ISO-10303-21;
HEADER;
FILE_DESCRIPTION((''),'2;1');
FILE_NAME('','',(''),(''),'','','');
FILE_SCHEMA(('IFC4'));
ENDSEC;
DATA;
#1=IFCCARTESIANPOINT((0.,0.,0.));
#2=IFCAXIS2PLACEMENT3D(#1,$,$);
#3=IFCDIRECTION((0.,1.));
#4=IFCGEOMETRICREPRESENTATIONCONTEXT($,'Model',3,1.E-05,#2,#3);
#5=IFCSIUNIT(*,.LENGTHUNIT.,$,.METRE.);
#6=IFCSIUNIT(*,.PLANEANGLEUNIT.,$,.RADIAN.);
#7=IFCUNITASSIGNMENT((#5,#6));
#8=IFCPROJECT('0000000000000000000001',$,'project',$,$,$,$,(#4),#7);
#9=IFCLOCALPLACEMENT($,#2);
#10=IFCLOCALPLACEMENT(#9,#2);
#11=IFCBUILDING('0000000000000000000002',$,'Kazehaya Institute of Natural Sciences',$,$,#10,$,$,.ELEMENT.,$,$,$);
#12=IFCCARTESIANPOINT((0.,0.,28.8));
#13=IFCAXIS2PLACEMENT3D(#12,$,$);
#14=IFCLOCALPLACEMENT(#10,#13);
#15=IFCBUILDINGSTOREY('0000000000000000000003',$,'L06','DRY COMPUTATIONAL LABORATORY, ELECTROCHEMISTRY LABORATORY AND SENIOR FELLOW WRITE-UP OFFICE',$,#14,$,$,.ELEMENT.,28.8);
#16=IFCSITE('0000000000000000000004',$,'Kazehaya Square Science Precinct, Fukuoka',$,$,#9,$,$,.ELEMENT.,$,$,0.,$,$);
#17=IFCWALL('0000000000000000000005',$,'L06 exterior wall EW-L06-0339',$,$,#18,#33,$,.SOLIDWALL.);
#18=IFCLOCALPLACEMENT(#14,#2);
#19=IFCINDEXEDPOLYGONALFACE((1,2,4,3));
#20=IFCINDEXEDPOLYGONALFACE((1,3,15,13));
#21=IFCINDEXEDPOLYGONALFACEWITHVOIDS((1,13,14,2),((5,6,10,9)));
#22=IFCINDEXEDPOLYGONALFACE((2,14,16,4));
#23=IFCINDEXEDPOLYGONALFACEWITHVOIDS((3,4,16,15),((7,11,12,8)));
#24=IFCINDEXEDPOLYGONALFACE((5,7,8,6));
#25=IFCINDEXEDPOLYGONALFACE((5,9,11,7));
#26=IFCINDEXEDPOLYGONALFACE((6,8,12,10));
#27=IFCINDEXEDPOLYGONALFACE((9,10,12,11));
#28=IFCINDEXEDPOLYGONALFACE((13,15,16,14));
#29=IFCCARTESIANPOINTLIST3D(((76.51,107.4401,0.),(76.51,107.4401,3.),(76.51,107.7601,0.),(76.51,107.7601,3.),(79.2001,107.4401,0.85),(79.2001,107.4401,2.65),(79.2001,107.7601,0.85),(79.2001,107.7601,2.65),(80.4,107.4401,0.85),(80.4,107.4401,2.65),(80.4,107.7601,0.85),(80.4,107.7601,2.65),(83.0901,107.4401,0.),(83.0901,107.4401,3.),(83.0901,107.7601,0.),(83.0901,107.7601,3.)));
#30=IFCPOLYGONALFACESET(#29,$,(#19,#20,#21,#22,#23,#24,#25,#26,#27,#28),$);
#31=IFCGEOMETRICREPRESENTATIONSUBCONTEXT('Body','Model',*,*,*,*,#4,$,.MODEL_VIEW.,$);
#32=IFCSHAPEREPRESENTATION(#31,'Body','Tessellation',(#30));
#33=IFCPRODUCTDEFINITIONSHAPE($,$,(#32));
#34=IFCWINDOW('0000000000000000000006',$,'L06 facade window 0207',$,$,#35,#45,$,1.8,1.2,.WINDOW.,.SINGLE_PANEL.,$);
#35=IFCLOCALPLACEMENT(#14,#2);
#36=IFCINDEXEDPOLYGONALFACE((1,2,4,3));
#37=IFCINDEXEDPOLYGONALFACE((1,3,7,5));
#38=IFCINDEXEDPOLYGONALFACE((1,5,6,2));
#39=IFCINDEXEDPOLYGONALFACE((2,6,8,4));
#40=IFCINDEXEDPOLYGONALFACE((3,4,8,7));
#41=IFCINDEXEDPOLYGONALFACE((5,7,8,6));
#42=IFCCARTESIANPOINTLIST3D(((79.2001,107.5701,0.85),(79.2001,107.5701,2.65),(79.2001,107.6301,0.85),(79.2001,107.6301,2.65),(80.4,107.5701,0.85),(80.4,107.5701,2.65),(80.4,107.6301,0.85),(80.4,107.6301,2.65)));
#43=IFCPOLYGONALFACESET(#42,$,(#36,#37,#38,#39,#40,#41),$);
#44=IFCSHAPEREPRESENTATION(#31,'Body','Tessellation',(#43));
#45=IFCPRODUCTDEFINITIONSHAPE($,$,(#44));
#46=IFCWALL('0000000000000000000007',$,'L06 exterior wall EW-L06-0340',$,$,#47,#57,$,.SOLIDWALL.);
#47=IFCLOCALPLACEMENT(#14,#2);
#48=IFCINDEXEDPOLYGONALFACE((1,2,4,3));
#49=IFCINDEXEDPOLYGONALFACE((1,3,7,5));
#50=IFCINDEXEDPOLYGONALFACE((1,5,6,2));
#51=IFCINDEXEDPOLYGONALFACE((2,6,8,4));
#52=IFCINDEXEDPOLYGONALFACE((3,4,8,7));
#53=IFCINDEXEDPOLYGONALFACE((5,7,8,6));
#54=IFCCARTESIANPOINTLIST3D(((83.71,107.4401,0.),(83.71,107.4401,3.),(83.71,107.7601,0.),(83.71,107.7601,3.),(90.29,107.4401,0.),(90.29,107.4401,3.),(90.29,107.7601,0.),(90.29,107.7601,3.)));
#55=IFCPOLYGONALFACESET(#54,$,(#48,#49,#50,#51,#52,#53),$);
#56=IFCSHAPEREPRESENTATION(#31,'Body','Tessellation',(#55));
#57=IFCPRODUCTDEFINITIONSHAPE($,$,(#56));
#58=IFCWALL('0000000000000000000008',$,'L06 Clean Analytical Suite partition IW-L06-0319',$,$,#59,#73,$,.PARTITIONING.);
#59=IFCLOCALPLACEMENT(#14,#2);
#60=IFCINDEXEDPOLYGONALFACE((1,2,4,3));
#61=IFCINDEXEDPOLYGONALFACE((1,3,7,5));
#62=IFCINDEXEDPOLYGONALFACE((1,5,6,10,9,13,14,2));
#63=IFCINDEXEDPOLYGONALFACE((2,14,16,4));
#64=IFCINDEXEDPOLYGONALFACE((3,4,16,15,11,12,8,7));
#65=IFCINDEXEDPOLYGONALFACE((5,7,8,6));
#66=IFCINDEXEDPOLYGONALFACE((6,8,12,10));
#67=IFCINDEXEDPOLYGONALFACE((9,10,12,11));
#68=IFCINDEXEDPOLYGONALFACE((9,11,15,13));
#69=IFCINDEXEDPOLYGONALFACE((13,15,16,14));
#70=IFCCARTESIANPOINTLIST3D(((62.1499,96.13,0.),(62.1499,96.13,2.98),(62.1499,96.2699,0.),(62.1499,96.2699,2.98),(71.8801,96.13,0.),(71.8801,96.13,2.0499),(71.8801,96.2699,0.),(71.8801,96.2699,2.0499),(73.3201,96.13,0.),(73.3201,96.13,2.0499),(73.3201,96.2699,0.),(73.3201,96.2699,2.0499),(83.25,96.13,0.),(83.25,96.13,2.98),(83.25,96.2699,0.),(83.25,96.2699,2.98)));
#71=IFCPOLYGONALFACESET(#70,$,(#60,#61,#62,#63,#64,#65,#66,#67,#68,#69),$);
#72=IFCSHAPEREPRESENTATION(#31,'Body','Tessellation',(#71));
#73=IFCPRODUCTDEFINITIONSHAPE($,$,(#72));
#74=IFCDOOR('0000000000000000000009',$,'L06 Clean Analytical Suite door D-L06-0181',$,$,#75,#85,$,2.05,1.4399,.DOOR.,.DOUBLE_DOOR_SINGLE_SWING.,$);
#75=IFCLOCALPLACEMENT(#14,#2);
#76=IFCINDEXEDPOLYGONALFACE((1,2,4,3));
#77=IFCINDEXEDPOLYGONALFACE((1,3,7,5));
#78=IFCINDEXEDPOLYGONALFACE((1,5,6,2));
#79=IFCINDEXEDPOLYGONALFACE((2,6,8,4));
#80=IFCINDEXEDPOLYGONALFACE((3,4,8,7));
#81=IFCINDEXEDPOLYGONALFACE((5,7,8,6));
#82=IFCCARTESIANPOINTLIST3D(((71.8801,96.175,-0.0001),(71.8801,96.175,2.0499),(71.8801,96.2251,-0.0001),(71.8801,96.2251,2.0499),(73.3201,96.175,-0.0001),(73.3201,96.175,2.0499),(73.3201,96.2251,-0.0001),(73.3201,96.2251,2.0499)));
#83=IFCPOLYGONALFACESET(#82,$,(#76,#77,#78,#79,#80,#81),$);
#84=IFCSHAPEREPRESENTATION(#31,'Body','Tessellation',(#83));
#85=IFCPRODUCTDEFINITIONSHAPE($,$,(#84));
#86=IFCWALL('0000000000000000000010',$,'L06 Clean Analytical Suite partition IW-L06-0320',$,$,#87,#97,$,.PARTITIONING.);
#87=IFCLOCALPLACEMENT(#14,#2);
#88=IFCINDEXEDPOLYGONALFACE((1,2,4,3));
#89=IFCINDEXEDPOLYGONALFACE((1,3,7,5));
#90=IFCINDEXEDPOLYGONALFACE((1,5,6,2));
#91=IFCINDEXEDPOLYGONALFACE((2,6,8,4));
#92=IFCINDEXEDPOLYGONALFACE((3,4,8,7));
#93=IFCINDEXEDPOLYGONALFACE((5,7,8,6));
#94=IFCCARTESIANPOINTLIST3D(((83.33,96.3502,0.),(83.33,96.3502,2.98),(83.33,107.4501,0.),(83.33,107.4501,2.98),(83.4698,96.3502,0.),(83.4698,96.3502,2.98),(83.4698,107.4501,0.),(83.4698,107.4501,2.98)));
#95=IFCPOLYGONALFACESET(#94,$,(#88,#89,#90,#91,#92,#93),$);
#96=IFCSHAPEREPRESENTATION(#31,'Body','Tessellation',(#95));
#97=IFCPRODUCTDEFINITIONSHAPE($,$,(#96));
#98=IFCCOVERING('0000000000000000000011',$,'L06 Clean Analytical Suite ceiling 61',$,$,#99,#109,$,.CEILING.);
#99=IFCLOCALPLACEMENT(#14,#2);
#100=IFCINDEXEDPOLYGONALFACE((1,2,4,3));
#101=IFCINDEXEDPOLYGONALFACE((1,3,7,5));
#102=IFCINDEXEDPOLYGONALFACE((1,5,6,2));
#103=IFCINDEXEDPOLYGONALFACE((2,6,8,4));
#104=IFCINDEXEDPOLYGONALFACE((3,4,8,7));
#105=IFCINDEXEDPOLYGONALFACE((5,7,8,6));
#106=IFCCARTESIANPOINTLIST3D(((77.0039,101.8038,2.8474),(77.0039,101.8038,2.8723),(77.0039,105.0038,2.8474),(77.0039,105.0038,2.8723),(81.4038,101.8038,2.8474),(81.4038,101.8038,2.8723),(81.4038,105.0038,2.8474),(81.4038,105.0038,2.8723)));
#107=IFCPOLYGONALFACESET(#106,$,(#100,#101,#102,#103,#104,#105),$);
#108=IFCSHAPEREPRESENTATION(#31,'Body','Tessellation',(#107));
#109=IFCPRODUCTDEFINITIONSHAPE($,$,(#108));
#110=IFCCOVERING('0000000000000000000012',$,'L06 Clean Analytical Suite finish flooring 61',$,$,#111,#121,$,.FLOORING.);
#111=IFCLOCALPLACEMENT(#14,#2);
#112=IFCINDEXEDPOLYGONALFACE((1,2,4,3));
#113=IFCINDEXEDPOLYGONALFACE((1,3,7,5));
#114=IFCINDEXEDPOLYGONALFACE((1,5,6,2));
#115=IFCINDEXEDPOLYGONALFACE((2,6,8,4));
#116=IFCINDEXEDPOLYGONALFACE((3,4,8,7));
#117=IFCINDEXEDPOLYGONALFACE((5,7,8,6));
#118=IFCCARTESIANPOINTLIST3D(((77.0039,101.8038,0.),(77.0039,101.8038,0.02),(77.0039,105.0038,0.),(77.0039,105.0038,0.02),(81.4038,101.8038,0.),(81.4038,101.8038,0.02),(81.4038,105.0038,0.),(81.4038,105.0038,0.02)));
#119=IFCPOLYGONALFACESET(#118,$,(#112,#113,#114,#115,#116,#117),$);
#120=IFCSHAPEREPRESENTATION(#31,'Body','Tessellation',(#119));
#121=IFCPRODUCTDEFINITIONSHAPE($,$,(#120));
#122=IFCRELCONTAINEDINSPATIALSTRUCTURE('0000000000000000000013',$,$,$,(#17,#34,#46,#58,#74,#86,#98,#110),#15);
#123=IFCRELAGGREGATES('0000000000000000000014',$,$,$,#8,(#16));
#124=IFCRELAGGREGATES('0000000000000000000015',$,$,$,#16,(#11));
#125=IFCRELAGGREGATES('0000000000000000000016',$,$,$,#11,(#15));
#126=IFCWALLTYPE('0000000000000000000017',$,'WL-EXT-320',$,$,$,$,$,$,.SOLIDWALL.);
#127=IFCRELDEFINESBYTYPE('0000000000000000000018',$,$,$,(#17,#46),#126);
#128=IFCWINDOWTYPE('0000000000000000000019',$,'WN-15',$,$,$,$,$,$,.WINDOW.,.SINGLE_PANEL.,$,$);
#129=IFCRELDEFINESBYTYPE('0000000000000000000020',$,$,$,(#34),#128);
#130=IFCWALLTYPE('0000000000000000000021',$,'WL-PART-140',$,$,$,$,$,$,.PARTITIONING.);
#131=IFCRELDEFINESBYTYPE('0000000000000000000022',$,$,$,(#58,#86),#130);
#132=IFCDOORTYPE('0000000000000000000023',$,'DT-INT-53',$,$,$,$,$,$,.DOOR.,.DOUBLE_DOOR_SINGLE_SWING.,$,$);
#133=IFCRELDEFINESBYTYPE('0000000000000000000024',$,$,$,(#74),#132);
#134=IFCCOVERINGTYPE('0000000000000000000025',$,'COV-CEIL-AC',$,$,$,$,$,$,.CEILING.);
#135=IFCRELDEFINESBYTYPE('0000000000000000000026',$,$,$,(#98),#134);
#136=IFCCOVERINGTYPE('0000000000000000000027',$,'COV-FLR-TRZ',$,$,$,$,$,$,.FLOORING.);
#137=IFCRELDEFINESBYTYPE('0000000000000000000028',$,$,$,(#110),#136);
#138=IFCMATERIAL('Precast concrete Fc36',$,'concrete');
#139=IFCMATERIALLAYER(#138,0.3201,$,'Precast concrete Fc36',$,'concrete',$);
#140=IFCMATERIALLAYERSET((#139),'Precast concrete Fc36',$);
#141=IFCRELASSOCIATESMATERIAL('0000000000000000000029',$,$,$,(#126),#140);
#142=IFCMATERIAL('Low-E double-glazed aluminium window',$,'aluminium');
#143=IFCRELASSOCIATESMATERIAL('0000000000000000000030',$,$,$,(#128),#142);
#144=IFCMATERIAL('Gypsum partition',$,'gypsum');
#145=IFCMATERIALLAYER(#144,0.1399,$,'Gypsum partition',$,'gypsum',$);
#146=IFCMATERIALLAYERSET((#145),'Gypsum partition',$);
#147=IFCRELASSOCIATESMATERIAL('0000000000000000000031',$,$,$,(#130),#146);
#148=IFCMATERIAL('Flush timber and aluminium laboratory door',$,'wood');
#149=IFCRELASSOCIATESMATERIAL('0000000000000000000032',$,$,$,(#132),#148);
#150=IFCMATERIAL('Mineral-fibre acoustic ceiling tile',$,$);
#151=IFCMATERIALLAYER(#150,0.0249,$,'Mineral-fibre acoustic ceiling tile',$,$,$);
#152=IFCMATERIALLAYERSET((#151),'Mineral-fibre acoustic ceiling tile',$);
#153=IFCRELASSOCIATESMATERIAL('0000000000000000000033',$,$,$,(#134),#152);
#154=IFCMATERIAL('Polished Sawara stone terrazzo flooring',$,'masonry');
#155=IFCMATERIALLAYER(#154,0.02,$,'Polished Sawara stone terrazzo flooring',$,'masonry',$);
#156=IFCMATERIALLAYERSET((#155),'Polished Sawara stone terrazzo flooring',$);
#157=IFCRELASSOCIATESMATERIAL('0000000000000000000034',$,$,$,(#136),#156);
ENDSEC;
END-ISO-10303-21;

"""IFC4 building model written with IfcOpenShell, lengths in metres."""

from ifc_helpers import new_model, si_unit, direction, frame, frame_2d, origin, origin_2d, place, context, subcontext, project, spatial, rectangle, extrude, material, layer, layer_set, type_object, element, fill, save


model = new_model("IFC4")

# Units and contexts
model_context = context("Model", 3, precision=1e-05, world=origin(), true_north=direction((0.0, 1.0)))
body_context = subcontext(model_context, "Body", "Model", "MODEL_VIEW")
ifc_project = project(units=[si_unit("LENGTHUNIT", "METRE"), si_unit("PLANEANGLEUNIT", "RADIAN")], contexts=[model_context])

# Site, building, storey
site_placement = place(None, origin())
site = spatial("IfcSite", under=ifc_project, at=site_placement, Name="Kazehaya Square Science Precinct, Fukuoka", CompositionType="ELEMENT", RefElevation=0.0)
building_placement = place(site_placement, origin())
building = spatial("IfcBuilding", under=site, at=building_placement, Name="Kazehaya Institute of Natural Sciences", CompositionType="ELEMENT")
storey_placement = place(building_placement, frame((0.0, 0.0, 28.8)))
storey = spatial("IfcBuildingStorey", under=building, at=storey_placement, Name="L06", Description="DRY COMPUTATIONAL LABORATORY, ELECTROCHEMISTRY LABORATORY AND SENIOR FELLOW WRITE-UP OFFICE", CompositionType="ELEMENT", Elevation=28.8)

# Wall, opening, window
ifc_material_1 = material(Name="Precast concrete Fc36", Category="concrete")
ifc_layer_1 = layer(ifc_material_1, 0.3201, Name="Precast concrete Fc36", Category="concrete")
ifc_layer_set_1 = layer_set([ifc_layer_1], Name="Precast concrete Fc36")
wall_type_1 = type_object("IfcWallType", Name="WL-EXT-320", PredefinedType="SOLIDWALL", material=ifc_layer_set_1)
wall_1_placement = place(storey_placement, frame((76.51, 107.6001, 0.0), z_axis=(0.0, 0.0, 1.0), x_axis=(1.0, 0.0, 0.0)))
wall_1 = element("IfcWall", 1, at=wall_1_placement, inside=storey, type_object=wall_type_1, Name="L06 exterior wall EW-L06-0339", PredefinedType="SOLIDWALL", context=body_context, shape_type="SweptSolid", body=[
    extrude(rectangle(XDim=6.5801, YDim=0.3201, at=frame_2d((3.29, 0.0))), origin(), (0.0, 0.0, 1.0), 3.0),
])
opening_1_placement = place(wall_1_placement, frame((2.6899, 0.0, 0.8501)))
opening_1 = element("IfcOpeningElement", 2, at=opening_1_placement, cuts=wall_1, PredefinedType="OPENING", context=body_context, shape_type="SweptSolid", body=[
    extrude(rectangle(XDim=1.2, YDim=1.8, at=frame_2d((0.6001, 0.8999))), frame((0.0, 0.1699, 0.0), z_axis=(0.0, -1.0, 0.0), x_axis=(1.0, 0.0, 0.0)), (0.0, 0.0, 1.0), 0.3401),
])
ifc_material_2 = material(Name="Low-E double-glazed aluminium window", Category="aluminium")
window_type = type_object("IfcWindowType", Name="WN-15", PartitioningType="SINGLE_PANEL", PredefinedType="WINDOW", material=ifc_material_2)
window_placement = place(opening_1_placement, origin())
window = element("IfcWindow", 3, at=window_placement, inside=storey, type_object=window_type, Name="L06 facade window 0207", OverallHeight=1.8, OverallWidth=1.2, PartitioningType="SINGLE_PANEL", PredefinedType="WINDOW", context=body_context, shape_type="SweptSolid", body=[
    extrude(rectangle(XDim=1.2, YDim=1.8, at=frame_2d((0.6001, 0.8999))), frame((0.0, 0.03, 0.0), z_axis=(0.0, -1.0, 0.0), x_axis=(1.0, 0.0, 0.0)), (0.0, 0.0, 1.0), 0.0601),
])
fill(opening_1, window)

# Wall
wall_2_placement = place(storey_placement, frame((83.71, 107.6001, 0.0), z_axis=(0.0, 0.0, 1.0), x_axis=(1.0, 0.0, 0.0)))
element("IfcWall", 4, at=wall_2_placement, inside=storey, type_object=wall_type_1, Name="L06 exterior wall EW-L06-0340", PredefinedType="SOLIDWALL", context=body_context, shape_type="SweptSolid", body=[
    extrude(rectangle(XDim=6.5801, YDim=0.3201, at=frame_2d((3.29, 0.0))), origin(), (0.0, 0.0, 1.0), 3.0),
])

# Wall, opening, door
ifc_material_3 = material(Name="Gypsum partition", Category="gypsum")
ifc_layer_2 = layer(ifc_material_3, 0.1399, Name="Gypsum partition", Category="gypsum")
ifc_layer_set_2 = layer_set([ifc_layer_2], Name="Gypsum partition")
wall_type_2 = type_object("IfcWallType", Name="WL-PART-140", PredefinedType="PARTITIONING", material=ifc_layer_set_2)
wall_3_placement = place(storey_placement, frame((83.25, 96.2, 0.0), z_axis=(0.0, 0.0, 1.0), x_axis=(-1.0, 0.0, 0.0)))
wall_3 = element("IfcWall", 5, at=wall_3_placement, inside=storey, type_object=wall_type_2, Name="L06 Clean Analytical Suite partition IW-L06-0319", PredefinedType="PARTITIONING", context=body_context, shape_type="SweptSolid", body=[
    extrude(rectangle(XDim=21.1001, YDim=0.1399, at=frame_2d((10.55, 0.0))), origin(), (0.0, 0.0, 1.0), 2.98),
])
opening_2_placement = place(wall_3_placement, frame((9.9299, 0.0, 0.0)))
opening_2 = element("IfcOpeningElement", 6, at=opening_2_placement, cuts=wall_3, PredefinedType="OPENING", context=body_context, shape_type="SweptSolid", body=[
    extrude(rectangle(XDim=1.4399, YDim=2.05, at=frame_2d((0.72, 1.0249))), frame((0.0, 0.0798, 0.0), z_axis=(0.0, -1.0, 0.0), x_axis=(1.0, 0.0, 0.0)), (0.0, 0.0, 1.0), 0.1599),
])
ifc_material_4 = material(Name="Flush timber and aluminium laboratory door", Category="wood")
door_type = type_object("IfcDoorType", Name="DT-INT-53", OperationType="DOUBLE_DOOR_SINGLE_SWING", PredefinedType="DOOR", material=ifc_material_4)
door_placement = place(opening_2_placement, origin())
door = element("IfcDoor", 7, at=door_placement, inside=storey, type_object=door_type, Name="L06 Clean Analytical Suite door D-L06-0181", OperationType="DOUBLE_DOOR_SINGLE_SWING", OverallHeight=2.05, OverallWidth=1.4399, PredefinedType="DOOR", context=body_context, shape_type="SweptSolid", body=[
    extrude(rectangle(XDim=1.4399, YDim=2.05, at=frame_2d((0.72, 1.0249))), frame((0.0, 0.0249, 0.0), z_axis=(0.0, -1.0, 0.0), x_axis=(1.0, 0.0, 0.0)), (0.0, 0.0, 1.0), 0.05),
])
fill(opening_2, door)

# Wall
wall_4_placement = place(storey_placement, frame((83.3999, 107.45, 0.0), z_axis=(0.0, 0.0, 1.0), x_axis=(0.0, -1.0, 0.0)))
element("IfcWall", 8, at=wall_4_placement, inside=storey, type_object=wall_type_2, Name="L06 Clean Analytical Suite partition IW-L06-0320", PredefinedType="PARTITIONING", context=body_context, shape_type="SweptSolid", body=[
    extrude(rectangle(XDim=11.0999, YDim=0.1399, at=frame_2d((5.5498, 0.0))), origin(), (0.0, 0.0, 1.0), 2.98),
])

# Coverings
ifc_material_5 = material(Name="Mineral-fibre acoustic ceiling tile")
ifc_layer_3 = layer(ifc_material_5, 0.0249, Name="Mineral-fibre acoustic ceiling tile")
ifc_layer_set_3 = layer_set([ifc_layer_3], Name="Mineral-fibre acoustic ceiling tile")
covering_type_1 = type_object("IfcCoveringType", Name="COV-CEIL-AC", PredefinedType="CEILING", material=ifc_layer_set_3)
covering_1_placement = place(storey_placement, frame((79.2039, 103.4038, 2.8474), z_axis=(0.0, 0.0, 1.0), x_axis=(1.0, 0.0, 0.0)))
element("IfcCovering", 9, at=covering_1_placement, inside=storey, type_object=covering_type_1, Name="L06 Clean Analytical Suite ceiling 61", PredefinedType="CEILING", context=body_context, shape_type="SweptSolid", body=[
    extrude(rectangle(XDim=4.3999, YDim=3.2, at=origin_2d()), origin(), (0.0, 0.0, 1.0), 0.0249),
])
ifc_material_6 = material(Name="Polished Sawara stone terrazzo flooring", Category="masonry")
ifc_layer_4 = layer(ifc_material_6, 0.02, Name="Polished Sawara stone terrazzo flooring", Category="masonry")
ifc_layer_set_4 = layer_set([ifc_layer_4], Name="Polished Sawara stone terrazzo flooring")
covering_type_2 = type_object("IfcCoveringType", Name="COV-FLR-TRZ", PredefinedType="FLOORING", material=ifc_layer_set_4)
covering_2_placement = place(storey_placement, frame((79.2039, 103.4038, 0.0), z_axis=(0.0, 0.0, 1.0), x_axis=(1.0, 0.0, 0.0)))
element("IfcCovering", 10, at=covering_2_placement, inside=storey, type_object=covering_type_2, Name="L06 Clean Analytical Suite finish flooring 61", PredefinedType="FLOORING", context=body_context, shape_type="SweptSolid", body=[
    extrude(rectangle(XDim=4.3999, YDim=3.2, at=origin_2d()), origin(), (0.0, 0.0, 1.0), 0.02),
])

save(model, "model.ifc")
